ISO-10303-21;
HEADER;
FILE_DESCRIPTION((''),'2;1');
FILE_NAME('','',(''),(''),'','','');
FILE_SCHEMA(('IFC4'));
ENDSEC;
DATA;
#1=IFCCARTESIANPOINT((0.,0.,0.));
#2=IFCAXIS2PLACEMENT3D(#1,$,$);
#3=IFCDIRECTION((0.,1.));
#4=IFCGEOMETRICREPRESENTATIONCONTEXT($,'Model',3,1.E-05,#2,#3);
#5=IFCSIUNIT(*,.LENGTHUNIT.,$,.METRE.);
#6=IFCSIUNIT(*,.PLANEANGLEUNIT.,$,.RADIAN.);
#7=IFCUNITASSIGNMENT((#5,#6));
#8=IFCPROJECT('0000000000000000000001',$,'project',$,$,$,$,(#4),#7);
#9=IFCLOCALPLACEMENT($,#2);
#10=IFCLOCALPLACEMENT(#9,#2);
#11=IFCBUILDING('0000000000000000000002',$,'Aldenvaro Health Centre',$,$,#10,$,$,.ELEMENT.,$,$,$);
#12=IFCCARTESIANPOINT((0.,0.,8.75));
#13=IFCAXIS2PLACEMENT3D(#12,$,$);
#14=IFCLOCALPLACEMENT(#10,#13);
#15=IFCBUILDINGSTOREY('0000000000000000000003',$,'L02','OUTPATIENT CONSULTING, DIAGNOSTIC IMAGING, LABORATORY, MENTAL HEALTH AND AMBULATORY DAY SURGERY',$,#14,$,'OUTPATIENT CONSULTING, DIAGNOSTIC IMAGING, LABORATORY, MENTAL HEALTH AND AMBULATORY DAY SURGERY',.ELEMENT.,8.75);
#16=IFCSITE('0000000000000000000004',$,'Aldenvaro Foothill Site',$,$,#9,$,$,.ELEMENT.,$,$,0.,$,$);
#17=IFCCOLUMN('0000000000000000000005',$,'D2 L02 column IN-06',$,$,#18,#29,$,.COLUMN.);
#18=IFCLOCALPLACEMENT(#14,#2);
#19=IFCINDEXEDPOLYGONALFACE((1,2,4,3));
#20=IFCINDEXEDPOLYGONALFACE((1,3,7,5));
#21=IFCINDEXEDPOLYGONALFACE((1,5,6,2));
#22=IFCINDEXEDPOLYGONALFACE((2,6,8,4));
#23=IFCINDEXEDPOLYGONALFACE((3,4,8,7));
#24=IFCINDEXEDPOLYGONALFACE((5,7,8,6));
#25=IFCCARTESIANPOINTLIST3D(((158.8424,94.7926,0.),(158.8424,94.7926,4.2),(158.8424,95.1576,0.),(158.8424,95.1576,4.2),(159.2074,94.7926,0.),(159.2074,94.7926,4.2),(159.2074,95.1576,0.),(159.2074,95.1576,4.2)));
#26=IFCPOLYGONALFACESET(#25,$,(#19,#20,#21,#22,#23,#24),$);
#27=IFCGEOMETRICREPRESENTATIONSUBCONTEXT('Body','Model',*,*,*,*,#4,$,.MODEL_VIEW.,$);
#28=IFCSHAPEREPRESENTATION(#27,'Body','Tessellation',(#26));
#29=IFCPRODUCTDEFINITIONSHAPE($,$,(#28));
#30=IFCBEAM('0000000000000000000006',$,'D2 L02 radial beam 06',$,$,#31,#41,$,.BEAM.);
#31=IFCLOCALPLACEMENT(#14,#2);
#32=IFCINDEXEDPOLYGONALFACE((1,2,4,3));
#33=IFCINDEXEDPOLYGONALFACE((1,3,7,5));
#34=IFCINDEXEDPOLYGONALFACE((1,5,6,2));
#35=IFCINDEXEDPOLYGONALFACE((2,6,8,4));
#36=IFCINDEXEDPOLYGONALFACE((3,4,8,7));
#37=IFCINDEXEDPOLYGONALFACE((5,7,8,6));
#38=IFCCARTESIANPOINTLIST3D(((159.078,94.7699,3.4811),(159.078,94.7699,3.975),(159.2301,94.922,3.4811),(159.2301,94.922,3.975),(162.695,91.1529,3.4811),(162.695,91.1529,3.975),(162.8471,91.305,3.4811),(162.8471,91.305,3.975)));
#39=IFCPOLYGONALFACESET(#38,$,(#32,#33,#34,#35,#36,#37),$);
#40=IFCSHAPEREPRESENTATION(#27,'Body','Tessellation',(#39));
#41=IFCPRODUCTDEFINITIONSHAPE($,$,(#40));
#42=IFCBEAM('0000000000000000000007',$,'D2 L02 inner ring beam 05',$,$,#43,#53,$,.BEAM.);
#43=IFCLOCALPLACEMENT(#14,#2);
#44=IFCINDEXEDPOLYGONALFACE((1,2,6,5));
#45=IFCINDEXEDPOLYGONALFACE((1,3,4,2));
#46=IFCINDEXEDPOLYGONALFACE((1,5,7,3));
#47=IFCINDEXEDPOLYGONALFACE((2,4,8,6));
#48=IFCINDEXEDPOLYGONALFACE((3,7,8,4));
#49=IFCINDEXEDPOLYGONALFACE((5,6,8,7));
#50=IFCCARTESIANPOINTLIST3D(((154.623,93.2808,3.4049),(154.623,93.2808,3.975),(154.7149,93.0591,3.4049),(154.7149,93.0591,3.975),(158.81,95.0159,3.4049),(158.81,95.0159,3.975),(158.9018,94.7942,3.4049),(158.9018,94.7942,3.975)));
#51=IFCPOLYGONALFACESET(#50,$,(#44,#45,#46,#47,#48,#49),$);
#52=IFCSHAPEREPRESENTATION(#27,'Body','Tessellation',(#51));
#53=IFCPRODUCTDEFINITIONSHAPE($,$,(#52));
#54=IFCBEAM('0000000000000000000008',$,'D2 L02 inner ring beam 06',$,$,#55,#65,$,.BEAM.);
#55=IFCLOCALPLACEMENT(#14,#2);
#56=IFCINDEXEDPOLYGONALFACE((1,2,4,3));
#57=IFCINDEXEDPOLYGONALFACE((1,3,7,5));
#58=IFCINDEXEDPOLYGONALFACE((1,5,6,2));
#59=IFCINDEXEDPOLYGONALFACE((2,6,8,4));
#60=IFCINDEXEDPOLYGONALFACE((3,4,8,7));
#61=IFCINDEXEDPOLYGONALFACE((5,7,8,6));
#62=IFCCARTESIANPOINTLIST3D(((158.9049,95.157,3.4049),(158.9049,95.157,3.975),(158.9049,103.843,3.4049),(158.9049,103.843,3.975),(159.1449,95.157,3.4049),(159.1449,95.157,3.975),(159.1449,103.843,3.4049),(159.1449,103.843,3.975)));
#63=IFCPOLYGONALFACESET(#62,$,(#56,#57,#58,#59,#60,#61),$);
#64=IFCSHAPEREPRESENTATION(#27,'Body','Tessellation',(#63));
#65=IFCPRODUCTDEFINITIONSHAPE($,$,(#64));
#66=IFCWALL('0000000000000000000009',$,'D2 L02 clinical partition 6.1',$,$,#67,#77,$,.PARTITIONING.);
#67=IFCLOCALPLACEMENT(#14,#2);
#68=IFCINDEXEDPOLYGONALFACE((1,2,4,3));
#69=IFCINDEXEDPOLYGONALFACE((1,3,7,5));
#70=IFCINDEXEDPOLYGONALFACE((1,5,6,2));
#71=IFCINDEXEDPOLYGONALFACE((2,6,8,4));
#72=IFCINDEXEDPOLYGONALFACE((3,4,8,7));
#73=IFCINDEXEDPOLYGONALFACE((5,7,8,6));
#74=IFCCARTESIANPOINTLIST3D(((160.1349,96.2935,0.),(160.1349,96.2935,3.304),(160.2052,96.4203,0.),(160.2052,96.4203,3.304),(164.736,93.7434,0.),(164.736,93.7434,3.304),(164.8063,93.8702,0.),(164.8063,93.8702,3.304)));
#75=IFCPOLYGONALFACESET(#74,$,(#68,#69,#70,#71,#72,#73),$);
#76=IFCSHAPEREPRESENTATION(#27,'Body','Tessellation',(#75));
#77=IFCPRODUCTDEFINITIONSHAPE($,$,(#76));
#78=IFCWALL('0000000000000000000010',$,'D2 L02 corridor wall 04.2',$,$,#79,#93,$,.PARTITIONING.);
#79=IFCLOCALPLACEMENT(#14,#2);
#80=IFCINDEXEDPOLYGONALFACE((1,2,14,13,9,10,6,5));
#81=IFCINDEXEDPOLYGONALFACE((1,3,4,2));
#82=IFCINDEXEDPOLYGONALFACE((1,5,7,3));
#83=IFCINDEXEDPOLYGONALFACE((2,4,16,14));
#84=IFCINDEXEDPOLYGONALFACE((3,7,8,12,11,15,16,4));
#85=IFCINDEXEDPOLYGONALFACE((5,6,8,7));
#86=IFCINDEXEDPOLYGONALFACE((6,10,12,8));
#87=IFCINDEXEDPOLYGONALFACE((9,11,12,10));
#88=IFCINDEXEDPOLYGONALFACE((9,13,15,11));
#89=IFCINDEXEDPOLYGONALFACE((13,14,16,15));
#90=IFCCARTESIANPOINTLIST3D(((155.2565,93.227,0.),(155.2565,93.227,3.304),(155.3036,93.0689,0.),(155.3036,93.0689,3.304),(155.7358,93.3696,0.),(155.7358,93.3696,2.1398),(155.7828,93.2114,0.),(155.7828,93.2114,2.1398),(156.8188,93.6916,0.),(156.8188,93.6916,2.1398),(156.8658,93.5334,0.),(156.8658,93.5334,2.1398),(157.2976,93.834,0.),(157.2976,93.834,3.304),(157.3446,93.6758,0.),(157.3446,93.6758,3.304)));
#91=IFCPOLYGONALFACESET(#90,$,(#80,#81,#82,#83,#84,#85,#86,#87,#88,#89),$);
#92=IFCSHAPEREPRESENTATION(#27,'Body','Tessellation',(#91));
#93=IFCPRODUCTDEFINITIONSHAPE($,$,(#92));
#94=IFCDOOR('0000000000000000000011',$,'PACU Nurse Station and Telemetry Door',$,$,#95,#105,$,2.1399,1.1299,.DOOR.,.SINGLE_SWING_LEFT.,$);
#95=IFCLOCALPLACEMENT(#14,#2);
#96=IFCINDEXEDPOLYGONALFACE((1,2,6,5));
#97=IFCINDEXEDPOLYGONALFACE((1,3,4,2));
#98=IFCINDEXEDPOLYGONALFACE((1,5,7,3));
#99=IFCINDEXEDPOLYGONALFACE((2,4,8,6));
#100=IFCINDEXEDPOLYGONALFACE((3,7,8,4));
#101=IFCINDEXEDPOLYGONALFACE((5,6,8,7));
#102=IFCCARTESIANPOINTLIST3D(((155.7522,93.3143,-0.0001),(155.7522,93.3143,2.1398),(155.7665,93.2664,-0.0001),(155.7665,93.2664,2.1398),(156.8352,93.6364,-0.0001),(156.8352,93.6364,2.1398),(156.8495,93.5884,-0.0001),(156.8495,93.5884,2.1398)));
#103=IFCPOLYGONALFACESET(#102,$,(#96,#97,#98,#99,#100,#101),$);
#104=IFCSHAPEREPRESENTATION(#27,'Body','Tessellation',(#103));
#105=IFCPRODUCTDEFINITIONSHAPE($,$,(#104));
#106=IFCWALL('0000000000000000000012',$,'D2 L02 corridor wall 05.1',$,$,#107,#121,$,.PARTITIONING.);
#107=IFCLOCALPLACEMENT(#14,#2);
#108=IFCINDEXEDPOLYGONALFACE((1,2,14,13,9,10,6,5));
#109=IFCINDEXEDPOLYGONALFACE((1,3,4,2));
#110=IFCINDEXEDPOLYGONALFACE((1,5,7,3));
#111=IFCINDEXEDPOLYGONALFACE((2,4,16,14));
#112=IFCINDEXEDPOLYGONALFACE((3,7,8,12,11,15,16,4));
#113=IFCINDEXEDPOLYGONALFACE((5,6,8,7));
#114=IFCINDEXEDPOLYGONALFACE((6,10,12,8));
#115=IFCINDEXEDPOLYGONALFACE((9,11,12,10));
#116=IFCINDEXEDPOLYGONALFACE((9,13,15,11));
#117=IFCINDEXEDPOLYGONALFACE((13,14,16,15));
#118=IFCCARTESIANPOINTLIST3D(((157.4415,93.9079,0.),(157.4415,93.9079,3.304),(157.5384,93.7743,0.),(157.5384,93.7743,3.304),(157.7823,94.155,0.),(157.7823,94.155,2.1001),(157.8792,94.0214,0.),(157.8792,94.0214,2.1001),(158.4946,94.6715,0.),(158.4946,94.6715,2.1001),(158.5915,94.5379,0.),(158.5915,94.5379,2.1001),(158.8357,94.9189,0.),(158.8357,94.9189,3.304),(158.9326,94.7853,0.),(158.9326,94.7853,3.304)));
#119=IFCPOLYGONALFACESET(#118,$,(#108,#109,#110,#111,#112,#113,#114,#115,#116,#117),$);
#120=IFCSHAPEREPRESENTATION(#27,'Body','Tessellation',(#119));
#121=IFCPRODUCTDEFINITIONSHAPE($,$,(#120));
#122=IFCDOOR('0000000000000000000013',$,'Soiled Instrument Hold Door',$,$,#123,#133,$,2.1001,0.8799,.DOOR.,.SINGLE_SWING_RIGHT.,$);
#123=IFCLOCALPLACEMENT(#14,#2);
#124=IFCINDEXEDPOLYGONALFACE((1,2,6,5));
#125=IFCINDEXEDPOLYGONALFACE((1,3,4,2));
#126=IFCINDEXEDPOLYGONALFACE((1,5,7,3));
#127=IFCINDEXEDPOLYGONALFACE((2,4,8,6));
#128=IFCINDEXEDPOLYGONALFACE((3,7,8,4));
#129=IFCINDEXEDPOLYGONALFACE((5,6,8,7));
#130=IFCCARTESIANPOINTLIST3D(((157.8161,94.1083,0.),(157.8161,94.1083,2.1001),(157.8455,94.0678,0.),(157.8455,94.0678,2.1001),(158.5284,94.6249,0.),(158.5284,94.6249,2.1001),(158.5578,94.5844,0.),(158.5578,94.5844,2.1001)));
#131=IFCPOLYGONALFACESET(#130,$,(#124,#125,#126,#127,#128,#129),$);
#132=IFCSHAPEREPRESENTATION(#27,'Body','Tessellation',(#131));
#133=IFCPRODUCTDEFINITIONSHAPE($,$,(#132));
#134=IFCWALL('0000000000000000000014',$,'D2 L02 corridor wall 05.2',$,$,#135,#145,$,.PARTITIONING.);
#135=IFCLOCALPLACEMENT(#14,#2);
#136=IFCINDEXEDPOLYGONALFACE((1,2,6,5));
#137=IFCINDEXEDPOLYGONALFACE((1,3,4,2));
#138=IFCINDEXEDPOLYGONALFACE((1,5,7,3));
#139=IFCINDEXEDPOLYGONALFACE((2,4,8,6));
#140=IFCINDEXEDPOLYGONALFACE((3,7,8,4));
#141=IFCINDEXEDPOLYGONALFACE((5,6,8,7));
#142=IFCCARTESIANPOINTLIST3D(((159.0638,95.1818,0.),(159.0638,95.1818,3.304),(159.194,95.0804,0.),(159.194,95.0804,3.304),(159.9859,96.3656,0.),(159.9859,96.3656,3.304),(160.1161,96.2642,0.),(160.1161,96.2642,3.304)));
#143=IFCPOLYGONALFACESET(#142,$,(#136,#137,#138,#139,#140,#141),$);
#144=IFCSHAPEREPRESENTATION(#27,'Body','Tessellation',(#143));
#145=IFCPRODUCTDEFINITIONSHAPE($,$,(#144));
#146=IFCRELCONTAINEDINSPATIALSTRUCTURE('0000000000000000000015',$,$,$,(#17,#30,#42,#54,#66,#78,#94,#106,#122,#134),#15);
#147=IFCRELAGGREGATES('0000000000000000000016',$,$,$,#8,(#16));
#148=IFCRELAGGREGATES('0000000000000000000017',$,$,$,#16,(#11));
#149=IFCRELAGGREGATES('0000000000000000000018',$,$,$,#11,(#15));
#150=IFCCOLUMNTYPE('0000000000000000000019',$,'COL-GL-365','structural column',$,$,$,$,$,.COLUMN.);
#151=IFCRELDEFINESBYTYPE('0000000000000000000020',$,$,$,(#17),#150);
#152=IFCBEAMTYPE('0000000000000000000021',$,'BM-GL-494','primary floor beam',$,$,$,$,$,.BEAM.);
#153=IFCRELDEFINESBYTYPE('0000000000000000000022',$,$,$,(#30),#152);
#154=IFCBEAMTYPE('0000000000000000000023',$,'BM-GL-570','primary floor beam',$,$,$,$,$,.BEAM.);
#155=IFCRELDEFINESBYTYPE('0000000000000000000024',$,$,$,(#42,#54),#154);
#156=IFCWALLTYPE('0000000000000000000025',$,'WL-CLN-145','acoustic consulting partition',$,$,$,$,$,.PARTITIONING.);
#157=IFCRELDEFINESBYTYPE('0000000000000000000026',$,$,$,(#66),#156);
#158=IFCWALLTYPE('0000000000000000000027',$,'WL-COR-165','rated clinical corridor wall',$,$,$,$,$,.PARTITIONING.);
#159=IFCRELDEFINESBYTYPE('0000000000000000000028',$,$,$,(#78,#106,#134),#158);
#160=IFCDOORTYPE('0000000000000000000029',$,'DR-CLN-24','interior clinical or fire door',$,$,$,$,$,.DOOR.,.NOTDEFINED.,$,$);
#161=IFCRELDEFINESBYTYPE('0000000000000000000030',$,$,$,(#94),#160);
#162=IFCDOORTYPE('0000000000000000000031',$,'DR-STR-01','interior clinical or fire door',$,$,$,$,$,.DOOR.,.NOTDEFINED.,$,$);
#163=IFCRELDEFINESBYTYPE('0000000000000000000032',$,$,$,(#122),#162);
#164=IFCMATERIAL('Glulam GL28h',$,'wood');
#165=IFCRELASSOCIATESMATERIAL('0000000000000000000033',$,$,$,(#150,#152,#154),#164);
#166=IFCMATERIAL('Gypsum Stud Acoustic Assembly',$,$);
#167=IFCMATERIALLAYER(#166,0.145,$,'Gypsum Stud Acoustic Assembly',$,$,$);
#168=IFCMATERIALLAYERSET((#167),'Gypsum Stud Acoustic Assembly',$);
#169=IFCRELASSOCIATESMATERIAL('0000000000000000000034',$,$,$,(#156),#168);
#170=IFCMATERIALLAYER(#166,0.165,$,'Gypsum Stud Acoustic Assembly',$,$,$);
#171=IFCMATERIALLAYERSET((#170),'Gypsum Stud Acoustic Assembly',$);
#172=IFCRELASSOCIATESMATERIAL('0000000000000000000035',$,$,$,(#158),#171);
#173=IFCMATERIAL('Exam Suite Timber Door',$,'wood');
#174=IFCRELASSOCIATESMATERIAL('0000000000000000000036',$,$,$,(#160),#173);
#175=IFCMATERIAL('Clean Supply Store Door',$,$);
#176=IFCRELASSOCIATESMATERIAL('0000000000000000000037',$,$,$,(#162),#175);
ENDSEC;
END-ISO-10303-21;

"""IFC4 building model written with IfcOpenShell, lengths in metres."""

from ifc_helpers import new_model, si_unit, direction, frame, frame_2d, origin, origin_2d, place, context, subcontext, project, spatial, rectangle, extrude, material, layer, layer_set, material_profile, profile_set, type_object, element, fill, save


model = new_model("IFC4")

# Units and contexts
model_context = context("Model", 3, precision=1e-05, world=origin(), true_north=direction((0.0, 1.0)))
body_context = subcontext(model_context, "Body", "Model", "MODEL_VIEW")
ifc_project = project(units=[si_unit("LENGTHUNIT", "METRE"), si_unit("PLANEANGLEUNIT", "RADIAN")], contexts=[model_context])

# Site, building, storey
site_placement = place(None, origin())
site = spatial("IfcSite", under=ifc_project, at=site_placement, Name="Aldenvaro Foothill Site", CompositionType="ELEMENT", RefElevation=0.0)
building_placement = place(site_placement, origin())
building = spatial("IfcBuilding", under=site, at=building_placement, Name="Aldenvaro Health Centre", CompositionType="ELEMENT")
storey_placement = place(building_placement, frame((0.0, 0.0, 8.75)))
storey = spatial("IfcBuildingStorey", under=building, at=storey_placement, Name="L02", Description="OUTPATIENT CONSULTING, DIAGNOSTIC IMAGING, LABORATORY, MENTAL HEALTH AND AMBULATORY DAY SURGERY", LongName="OUTPATIENT CONSULTING, DIAGNOSTIC IMAGING, LABORATORY, MENTAL HEALTH AND AMBULATORY DAY SURGERY", CompositionType="ELEMENT", Elevation=8.75)

# Column
ifc_material_1 = material(Name="Glulam GL28h", Category="wood")
ifc_material_profile_1 = material_profile(ifc_material_1, rectangle(XDim=0.365, YDim=0.365, at=origin_2d()), Name="GL 365x365", Category="wood")
ifc_profile_set_1 = profile_set([ifc_material_profile_1], Name="Glulam GL28h")
column_type = type_object("IfcColumnType", Name="COL-GL-365", Description="structural column", PredefinedType="COLUMN", material=ifc_profile_set_1)
column_placement = place(storey_placement, frame((159.0249, 94.9751, 0.0), z_axis=(0.0, 0.0, 1.0), x_axis=(1.0, 0.0, 0.0)))
element("IfcColumn", 1, at=column_placement, inside=storey, type_object=column_type, Name="D2 L02 column IN-06", PredefinedType="COLUMN", context=body_context, shape_type="SweptSolid", body=[
    extrude(rectangle(XDim=0.365, YDim=0.365, at=origin_2d()), origin(), (0.0, 0.0, 1.0), 4.2),
])

# Beams
ifc_material_profile_2 = material_profile(ifc_material_1, rectangle(XDim=0.2151, YDim=0.4939, at=origin_2d()), Name="GL 215x494", Category="wood")
ifc_profile_set_2 = profile_set([ifc_material_profile_2], Name="Glulam GL28h")
beam_type_1 = type_object("IfcBeamType", Name="BM-GL-494", Description="primary floor beam", PredefinedType="BEAM", material=ifc_profile_set_2)
beam_1_placement = place(storey_placement, frame((159.1541, 94.8459, 3.728), z_axis=(0.707107, -0.707107, 0.0), x_axis=(0.707107, 0.707107, 0.0)))
element("IfcBeam", 2, at=beam_1_placement, inside=storey, type_object=beam_type_1, Name="D2 L02 radial beam 06", PredefinedType="BEAM", context=body_context, shape_type="SweptSolid", body=[
    extrude(rectangle(XDim=0.2151, YDim=0.4939, at=origin_2d()), origin(), (0.0, 0.0, 1.0), 5.1152),
])
ifc_material_profile_3 = material_profile(ifc_material_1, rectangle(XDim=0.24, YDim=0.5701, at=origin_2d()), Name="GL 240x570", Category="wood")
ifc_profile_set_3 = profile_set([ifc_material_profile_3], Name="Glulam GL28h")
beam_type_2 = type_object("IfcBeamType", Name="BM-GL-570", Description="primary floor beam", PredefinedType="BEAM", material=ifc_profile_set_3)
beam_2_placement = place(storey_placement, frame((154.6689, 93.1699, 3.6899), z_axis=(0.923818, 0.382832, 0.0), x_axis=(-0.382832, 0.923818, 0.0)))
element("IfcBeam", 3, at=beam_2_placement, inside=storey, type_object=beam_type_2, Name="D2 L02 inner ring beam 05", PredefinedType="BEAM", context=body_context, shape_type="SweptSolid", body=[
    extrude(rectangle(XDim=0.24, YDim=0.5701, at=origin_2d()), origin(), (0.0, 0.0, 1.0), 4.5322),
])
beam_3_placement = place(storey_placement, frame((159.0249, 95.157, 3.6899), z_axis=(0.0, 1.0, 0.0), x_axis=(-1.0, 0.0, 0.0)))
element("IfcBeam", 4, at=beam_3_placement, inside=storey, type_object=beam_type_2, Name="D2 L02 inner ring beam 06", PredefinedType="BEAM", context=body_context, shape_type="SweptSolid", body=[
    extrude(rectangle(XDim=0.24, YDim=0.5701, at=origin_2d()), origin(), (0.0, 0.0, 1.0), 8.686),
])

# Wall
ifc_material_2 = material(Name="Gypsum Stud Acoustic Assembly")
ifc_layer_1 = layer(ifc_material_2, 0.145, Name="Gypsum Stud Acoustic Assembly")
ifc_layer_set_1 = layer_set([ifc_layer_1], Name="Gypsum Stud Acoustic Assembly")
wall_type_1 = type_object("IfcWallType", Name="WL-CLN-145", Description="acoustic consulting partition", PredefinedType="PARTITIONING", material=ifc_layer_set_1)
wall_1_placement = place(storey_placement, frame((160.1699, 96.3569, 0.0), z_axis=(0.0, 0.0, 1.0), x_axis=(0.874649, -0.484756, 0.0)))
element("IfcWall", 5, at=wall_1_placement, inside=storey, type_object=wall_type_1, Name="D2 L02 clinical partition 6.1", PredefinedType="PARTITIONING", context=body_context, shape_type="SweptSolid", body=[
    extrude(rectangle(XDim=5.2605, YDim=0.145, at=frame_2d((2.6304, 0.0))), origin(), (0.0, 0.0, 1.0), 3.304),
])

# Walls, openings, doors
ifc_layer_2 = layer(ifc_material_2, 0.165, Name="Gypsum Stud Acoustic Assembly")
ifc_layer_set_2 = layer_set([ifc_layer_2], Name="Gypsum Stud Acoustic Assembly")
wall_type_2 = type_object("IfcWallType", Name="WL-COR-165", Description="rated clinical corridor wall", PredefinedType="PARTITIONING", material=ifc_layer_set_2)
wall_2_placement = place(storey_placement, frame((155.28, 93.1479, 0.0), z_axis=(0.0, 0.0, 1.0), x_axis=(0.958518, 0.285033, 0.0)))
wall_2 = element("IfcWall", 6, at=wall_2_placement, inside=storey, type_object=wall_type_2, Name="D2 L02 corridor wall 04.2", PredefinedType="PARTITIONING", context=body_context, shape_type="SweptSolid", body=[
    extrude(rectangle(XDim=2.1294, YDim=0.165, at=frame_2d((1.0647, 0.0))), origin(), (0.0, 0.0, 1.0), 3.304),
])
opening_1_placement = place(wall_2_placement, frame((0.5, 0.0, 0.0)))
opening_1 = element("IfcOpeningElement", 7, at=opening_1_placement, cuts=wall_2, PredefinedType="OPENING", context=body_context, shape_type="SweptSolid", body=[
    extrude(rectangle(XDim=1.1299, YDim=2.1399, at=frame_2d((0.5649, 1.0698))), frame((0.0, 0.0925, 0.0), z_axis=(0.0, -1.0, 0.0), x_axis=(1.0, 0.0, 0.0)), (0.0, 0.0, 1.0), 0.1851),
])
ifc_material_3 = material(Name="Exam Suite Timber Door", Category="wood")
door_type_1 = type_object("IfcDoorType", Name="DR-CLN-24", Description="interior clinical or fire door", OperationType="NOTDEFINED", PredefinedType="DOOR", material=ifc_material_3)
door_1_placement = place(opening_1_placement, origin())
door_1 = element("IfcDoor", 8, at=door_1_placement, inside=storey, type_object=door_type_1, Name="PACU Nurse Station and Telemetry Door", OperationType="SINGLE_SWING_LEFT", OverallHeight=2.1399, OverallWidth=1.1299, PredefinedType="DOOR", context=body_context, shape_type="SweptSolid", body=[
    extrude(rectangle(XDim=1.1299, YDim=2.1399, at=frame_2d((0.5649, 1.0698))), frame((0.0, 0.0249, 0.0), z_axis=(0.0, -1.0, 0.0), x_axis=(1.0, 0.0, 0.0)), (0.0, 0.0, 1.0), 0.05),
])
fill(opening_1, door_1)
wall_3_placement = place(storey_placement, frame((157.49, 93.8411, 0.0), z_axis=(0.0, 0.0, 1.0), x_axis=(0.809526, 0.587084, 0.0)))
wall_3 = element("IfcWall", 9, at=wall_3_placement, inside=storey, type_object=wall_type_2, Name="D2 L02 corridor wall 05.1", PredefinedType="PARTITIONING", context=body_context, shape_type="SweptSolid", body=[
    extrude(rectangle(XDim=1.7222, YDim=0.165, at=frame_2d((0.8611, 0.0))), origin(), (0.0, 0.0, 1.0), 3.304),
])
opening_2_placement = place(wall_3_placement, frame((0.4209, 0.0, 0.0)))
opening_2 = element("IfcOpeningElement", 10, at=opening_2_placement, cuts=wall_3, PredefinedType="OPENING", context=body_context, shape_type="SweptSolid", body=[
    extrude(rectangle(XDim=0.8799, YDim=2.1001, at=frame_2d((0.4399, 1.05))), frame((0.0, 0.0925, 0.0), z_axis=(0.0, -1.0, 0.0), x_axis=(1.0, 0.0, 0.0)), (0.0, 0.0, 1.0), 0.1851),
])
ifc_material_4 = material(Name="Clean Supply Store Door")
door_type_2 = type_object("IfcDoorType", Name="DR-STR-01", Description="interior clinical or fire door", OperationType="NOTDEFINED", PredefinedType="DOOR", material=ifc_material_4)
door_2_placement = place(opening_2_placement, origin())
door_2 = element("IfcDoor", 11, at=door_2_placement, inside=storey, type_object=door_type_2, Name="Soiled Instrument Hold Door", OperationType="SINGLE_SWING_RIGHT", OverallHeight=2.1001, OverallWidth=0.8799, PredefinedType="DOOR", context=body_context, shape_type="SweptSolid", body=[
    extrude(rectangle(XDim=0.8799, YDim=2.1001, at=frame_2d((0.4399, 1.05))), frame((0.0, 0.0249, 0.0), z_axis=(0.0, -1.0, 0.0), x_axis=(1.0, 0.0, 0.0)), (0.0, 0.0, 1.0), 0.05),
])
fill(opening_2, door_2)

# Wall
wall_4_placement = place(storey_placement, frame((159.1289, 95.1311, 0.0), z_axis=(0.0, 0.0, 1.0), x_axis=(0.614504, 0.788914, 0.0)))
element("IfcWall", 12, at=wall_4_placement, inside=storey, type_object=wall_type_2, Name="D2 L02 corridor wall 05.2", PredefinedType="PARTITIONING", context=body_context, shape_type="SweptSolid", body=[
    extrude(rectangle(XDim=1.5005, YDim=0.165, at=frame_2d((0.7502, 0.0))), origin(), (0.0, 0.0, 1.0), 3.304),
])

save(model, "model.ifc")
